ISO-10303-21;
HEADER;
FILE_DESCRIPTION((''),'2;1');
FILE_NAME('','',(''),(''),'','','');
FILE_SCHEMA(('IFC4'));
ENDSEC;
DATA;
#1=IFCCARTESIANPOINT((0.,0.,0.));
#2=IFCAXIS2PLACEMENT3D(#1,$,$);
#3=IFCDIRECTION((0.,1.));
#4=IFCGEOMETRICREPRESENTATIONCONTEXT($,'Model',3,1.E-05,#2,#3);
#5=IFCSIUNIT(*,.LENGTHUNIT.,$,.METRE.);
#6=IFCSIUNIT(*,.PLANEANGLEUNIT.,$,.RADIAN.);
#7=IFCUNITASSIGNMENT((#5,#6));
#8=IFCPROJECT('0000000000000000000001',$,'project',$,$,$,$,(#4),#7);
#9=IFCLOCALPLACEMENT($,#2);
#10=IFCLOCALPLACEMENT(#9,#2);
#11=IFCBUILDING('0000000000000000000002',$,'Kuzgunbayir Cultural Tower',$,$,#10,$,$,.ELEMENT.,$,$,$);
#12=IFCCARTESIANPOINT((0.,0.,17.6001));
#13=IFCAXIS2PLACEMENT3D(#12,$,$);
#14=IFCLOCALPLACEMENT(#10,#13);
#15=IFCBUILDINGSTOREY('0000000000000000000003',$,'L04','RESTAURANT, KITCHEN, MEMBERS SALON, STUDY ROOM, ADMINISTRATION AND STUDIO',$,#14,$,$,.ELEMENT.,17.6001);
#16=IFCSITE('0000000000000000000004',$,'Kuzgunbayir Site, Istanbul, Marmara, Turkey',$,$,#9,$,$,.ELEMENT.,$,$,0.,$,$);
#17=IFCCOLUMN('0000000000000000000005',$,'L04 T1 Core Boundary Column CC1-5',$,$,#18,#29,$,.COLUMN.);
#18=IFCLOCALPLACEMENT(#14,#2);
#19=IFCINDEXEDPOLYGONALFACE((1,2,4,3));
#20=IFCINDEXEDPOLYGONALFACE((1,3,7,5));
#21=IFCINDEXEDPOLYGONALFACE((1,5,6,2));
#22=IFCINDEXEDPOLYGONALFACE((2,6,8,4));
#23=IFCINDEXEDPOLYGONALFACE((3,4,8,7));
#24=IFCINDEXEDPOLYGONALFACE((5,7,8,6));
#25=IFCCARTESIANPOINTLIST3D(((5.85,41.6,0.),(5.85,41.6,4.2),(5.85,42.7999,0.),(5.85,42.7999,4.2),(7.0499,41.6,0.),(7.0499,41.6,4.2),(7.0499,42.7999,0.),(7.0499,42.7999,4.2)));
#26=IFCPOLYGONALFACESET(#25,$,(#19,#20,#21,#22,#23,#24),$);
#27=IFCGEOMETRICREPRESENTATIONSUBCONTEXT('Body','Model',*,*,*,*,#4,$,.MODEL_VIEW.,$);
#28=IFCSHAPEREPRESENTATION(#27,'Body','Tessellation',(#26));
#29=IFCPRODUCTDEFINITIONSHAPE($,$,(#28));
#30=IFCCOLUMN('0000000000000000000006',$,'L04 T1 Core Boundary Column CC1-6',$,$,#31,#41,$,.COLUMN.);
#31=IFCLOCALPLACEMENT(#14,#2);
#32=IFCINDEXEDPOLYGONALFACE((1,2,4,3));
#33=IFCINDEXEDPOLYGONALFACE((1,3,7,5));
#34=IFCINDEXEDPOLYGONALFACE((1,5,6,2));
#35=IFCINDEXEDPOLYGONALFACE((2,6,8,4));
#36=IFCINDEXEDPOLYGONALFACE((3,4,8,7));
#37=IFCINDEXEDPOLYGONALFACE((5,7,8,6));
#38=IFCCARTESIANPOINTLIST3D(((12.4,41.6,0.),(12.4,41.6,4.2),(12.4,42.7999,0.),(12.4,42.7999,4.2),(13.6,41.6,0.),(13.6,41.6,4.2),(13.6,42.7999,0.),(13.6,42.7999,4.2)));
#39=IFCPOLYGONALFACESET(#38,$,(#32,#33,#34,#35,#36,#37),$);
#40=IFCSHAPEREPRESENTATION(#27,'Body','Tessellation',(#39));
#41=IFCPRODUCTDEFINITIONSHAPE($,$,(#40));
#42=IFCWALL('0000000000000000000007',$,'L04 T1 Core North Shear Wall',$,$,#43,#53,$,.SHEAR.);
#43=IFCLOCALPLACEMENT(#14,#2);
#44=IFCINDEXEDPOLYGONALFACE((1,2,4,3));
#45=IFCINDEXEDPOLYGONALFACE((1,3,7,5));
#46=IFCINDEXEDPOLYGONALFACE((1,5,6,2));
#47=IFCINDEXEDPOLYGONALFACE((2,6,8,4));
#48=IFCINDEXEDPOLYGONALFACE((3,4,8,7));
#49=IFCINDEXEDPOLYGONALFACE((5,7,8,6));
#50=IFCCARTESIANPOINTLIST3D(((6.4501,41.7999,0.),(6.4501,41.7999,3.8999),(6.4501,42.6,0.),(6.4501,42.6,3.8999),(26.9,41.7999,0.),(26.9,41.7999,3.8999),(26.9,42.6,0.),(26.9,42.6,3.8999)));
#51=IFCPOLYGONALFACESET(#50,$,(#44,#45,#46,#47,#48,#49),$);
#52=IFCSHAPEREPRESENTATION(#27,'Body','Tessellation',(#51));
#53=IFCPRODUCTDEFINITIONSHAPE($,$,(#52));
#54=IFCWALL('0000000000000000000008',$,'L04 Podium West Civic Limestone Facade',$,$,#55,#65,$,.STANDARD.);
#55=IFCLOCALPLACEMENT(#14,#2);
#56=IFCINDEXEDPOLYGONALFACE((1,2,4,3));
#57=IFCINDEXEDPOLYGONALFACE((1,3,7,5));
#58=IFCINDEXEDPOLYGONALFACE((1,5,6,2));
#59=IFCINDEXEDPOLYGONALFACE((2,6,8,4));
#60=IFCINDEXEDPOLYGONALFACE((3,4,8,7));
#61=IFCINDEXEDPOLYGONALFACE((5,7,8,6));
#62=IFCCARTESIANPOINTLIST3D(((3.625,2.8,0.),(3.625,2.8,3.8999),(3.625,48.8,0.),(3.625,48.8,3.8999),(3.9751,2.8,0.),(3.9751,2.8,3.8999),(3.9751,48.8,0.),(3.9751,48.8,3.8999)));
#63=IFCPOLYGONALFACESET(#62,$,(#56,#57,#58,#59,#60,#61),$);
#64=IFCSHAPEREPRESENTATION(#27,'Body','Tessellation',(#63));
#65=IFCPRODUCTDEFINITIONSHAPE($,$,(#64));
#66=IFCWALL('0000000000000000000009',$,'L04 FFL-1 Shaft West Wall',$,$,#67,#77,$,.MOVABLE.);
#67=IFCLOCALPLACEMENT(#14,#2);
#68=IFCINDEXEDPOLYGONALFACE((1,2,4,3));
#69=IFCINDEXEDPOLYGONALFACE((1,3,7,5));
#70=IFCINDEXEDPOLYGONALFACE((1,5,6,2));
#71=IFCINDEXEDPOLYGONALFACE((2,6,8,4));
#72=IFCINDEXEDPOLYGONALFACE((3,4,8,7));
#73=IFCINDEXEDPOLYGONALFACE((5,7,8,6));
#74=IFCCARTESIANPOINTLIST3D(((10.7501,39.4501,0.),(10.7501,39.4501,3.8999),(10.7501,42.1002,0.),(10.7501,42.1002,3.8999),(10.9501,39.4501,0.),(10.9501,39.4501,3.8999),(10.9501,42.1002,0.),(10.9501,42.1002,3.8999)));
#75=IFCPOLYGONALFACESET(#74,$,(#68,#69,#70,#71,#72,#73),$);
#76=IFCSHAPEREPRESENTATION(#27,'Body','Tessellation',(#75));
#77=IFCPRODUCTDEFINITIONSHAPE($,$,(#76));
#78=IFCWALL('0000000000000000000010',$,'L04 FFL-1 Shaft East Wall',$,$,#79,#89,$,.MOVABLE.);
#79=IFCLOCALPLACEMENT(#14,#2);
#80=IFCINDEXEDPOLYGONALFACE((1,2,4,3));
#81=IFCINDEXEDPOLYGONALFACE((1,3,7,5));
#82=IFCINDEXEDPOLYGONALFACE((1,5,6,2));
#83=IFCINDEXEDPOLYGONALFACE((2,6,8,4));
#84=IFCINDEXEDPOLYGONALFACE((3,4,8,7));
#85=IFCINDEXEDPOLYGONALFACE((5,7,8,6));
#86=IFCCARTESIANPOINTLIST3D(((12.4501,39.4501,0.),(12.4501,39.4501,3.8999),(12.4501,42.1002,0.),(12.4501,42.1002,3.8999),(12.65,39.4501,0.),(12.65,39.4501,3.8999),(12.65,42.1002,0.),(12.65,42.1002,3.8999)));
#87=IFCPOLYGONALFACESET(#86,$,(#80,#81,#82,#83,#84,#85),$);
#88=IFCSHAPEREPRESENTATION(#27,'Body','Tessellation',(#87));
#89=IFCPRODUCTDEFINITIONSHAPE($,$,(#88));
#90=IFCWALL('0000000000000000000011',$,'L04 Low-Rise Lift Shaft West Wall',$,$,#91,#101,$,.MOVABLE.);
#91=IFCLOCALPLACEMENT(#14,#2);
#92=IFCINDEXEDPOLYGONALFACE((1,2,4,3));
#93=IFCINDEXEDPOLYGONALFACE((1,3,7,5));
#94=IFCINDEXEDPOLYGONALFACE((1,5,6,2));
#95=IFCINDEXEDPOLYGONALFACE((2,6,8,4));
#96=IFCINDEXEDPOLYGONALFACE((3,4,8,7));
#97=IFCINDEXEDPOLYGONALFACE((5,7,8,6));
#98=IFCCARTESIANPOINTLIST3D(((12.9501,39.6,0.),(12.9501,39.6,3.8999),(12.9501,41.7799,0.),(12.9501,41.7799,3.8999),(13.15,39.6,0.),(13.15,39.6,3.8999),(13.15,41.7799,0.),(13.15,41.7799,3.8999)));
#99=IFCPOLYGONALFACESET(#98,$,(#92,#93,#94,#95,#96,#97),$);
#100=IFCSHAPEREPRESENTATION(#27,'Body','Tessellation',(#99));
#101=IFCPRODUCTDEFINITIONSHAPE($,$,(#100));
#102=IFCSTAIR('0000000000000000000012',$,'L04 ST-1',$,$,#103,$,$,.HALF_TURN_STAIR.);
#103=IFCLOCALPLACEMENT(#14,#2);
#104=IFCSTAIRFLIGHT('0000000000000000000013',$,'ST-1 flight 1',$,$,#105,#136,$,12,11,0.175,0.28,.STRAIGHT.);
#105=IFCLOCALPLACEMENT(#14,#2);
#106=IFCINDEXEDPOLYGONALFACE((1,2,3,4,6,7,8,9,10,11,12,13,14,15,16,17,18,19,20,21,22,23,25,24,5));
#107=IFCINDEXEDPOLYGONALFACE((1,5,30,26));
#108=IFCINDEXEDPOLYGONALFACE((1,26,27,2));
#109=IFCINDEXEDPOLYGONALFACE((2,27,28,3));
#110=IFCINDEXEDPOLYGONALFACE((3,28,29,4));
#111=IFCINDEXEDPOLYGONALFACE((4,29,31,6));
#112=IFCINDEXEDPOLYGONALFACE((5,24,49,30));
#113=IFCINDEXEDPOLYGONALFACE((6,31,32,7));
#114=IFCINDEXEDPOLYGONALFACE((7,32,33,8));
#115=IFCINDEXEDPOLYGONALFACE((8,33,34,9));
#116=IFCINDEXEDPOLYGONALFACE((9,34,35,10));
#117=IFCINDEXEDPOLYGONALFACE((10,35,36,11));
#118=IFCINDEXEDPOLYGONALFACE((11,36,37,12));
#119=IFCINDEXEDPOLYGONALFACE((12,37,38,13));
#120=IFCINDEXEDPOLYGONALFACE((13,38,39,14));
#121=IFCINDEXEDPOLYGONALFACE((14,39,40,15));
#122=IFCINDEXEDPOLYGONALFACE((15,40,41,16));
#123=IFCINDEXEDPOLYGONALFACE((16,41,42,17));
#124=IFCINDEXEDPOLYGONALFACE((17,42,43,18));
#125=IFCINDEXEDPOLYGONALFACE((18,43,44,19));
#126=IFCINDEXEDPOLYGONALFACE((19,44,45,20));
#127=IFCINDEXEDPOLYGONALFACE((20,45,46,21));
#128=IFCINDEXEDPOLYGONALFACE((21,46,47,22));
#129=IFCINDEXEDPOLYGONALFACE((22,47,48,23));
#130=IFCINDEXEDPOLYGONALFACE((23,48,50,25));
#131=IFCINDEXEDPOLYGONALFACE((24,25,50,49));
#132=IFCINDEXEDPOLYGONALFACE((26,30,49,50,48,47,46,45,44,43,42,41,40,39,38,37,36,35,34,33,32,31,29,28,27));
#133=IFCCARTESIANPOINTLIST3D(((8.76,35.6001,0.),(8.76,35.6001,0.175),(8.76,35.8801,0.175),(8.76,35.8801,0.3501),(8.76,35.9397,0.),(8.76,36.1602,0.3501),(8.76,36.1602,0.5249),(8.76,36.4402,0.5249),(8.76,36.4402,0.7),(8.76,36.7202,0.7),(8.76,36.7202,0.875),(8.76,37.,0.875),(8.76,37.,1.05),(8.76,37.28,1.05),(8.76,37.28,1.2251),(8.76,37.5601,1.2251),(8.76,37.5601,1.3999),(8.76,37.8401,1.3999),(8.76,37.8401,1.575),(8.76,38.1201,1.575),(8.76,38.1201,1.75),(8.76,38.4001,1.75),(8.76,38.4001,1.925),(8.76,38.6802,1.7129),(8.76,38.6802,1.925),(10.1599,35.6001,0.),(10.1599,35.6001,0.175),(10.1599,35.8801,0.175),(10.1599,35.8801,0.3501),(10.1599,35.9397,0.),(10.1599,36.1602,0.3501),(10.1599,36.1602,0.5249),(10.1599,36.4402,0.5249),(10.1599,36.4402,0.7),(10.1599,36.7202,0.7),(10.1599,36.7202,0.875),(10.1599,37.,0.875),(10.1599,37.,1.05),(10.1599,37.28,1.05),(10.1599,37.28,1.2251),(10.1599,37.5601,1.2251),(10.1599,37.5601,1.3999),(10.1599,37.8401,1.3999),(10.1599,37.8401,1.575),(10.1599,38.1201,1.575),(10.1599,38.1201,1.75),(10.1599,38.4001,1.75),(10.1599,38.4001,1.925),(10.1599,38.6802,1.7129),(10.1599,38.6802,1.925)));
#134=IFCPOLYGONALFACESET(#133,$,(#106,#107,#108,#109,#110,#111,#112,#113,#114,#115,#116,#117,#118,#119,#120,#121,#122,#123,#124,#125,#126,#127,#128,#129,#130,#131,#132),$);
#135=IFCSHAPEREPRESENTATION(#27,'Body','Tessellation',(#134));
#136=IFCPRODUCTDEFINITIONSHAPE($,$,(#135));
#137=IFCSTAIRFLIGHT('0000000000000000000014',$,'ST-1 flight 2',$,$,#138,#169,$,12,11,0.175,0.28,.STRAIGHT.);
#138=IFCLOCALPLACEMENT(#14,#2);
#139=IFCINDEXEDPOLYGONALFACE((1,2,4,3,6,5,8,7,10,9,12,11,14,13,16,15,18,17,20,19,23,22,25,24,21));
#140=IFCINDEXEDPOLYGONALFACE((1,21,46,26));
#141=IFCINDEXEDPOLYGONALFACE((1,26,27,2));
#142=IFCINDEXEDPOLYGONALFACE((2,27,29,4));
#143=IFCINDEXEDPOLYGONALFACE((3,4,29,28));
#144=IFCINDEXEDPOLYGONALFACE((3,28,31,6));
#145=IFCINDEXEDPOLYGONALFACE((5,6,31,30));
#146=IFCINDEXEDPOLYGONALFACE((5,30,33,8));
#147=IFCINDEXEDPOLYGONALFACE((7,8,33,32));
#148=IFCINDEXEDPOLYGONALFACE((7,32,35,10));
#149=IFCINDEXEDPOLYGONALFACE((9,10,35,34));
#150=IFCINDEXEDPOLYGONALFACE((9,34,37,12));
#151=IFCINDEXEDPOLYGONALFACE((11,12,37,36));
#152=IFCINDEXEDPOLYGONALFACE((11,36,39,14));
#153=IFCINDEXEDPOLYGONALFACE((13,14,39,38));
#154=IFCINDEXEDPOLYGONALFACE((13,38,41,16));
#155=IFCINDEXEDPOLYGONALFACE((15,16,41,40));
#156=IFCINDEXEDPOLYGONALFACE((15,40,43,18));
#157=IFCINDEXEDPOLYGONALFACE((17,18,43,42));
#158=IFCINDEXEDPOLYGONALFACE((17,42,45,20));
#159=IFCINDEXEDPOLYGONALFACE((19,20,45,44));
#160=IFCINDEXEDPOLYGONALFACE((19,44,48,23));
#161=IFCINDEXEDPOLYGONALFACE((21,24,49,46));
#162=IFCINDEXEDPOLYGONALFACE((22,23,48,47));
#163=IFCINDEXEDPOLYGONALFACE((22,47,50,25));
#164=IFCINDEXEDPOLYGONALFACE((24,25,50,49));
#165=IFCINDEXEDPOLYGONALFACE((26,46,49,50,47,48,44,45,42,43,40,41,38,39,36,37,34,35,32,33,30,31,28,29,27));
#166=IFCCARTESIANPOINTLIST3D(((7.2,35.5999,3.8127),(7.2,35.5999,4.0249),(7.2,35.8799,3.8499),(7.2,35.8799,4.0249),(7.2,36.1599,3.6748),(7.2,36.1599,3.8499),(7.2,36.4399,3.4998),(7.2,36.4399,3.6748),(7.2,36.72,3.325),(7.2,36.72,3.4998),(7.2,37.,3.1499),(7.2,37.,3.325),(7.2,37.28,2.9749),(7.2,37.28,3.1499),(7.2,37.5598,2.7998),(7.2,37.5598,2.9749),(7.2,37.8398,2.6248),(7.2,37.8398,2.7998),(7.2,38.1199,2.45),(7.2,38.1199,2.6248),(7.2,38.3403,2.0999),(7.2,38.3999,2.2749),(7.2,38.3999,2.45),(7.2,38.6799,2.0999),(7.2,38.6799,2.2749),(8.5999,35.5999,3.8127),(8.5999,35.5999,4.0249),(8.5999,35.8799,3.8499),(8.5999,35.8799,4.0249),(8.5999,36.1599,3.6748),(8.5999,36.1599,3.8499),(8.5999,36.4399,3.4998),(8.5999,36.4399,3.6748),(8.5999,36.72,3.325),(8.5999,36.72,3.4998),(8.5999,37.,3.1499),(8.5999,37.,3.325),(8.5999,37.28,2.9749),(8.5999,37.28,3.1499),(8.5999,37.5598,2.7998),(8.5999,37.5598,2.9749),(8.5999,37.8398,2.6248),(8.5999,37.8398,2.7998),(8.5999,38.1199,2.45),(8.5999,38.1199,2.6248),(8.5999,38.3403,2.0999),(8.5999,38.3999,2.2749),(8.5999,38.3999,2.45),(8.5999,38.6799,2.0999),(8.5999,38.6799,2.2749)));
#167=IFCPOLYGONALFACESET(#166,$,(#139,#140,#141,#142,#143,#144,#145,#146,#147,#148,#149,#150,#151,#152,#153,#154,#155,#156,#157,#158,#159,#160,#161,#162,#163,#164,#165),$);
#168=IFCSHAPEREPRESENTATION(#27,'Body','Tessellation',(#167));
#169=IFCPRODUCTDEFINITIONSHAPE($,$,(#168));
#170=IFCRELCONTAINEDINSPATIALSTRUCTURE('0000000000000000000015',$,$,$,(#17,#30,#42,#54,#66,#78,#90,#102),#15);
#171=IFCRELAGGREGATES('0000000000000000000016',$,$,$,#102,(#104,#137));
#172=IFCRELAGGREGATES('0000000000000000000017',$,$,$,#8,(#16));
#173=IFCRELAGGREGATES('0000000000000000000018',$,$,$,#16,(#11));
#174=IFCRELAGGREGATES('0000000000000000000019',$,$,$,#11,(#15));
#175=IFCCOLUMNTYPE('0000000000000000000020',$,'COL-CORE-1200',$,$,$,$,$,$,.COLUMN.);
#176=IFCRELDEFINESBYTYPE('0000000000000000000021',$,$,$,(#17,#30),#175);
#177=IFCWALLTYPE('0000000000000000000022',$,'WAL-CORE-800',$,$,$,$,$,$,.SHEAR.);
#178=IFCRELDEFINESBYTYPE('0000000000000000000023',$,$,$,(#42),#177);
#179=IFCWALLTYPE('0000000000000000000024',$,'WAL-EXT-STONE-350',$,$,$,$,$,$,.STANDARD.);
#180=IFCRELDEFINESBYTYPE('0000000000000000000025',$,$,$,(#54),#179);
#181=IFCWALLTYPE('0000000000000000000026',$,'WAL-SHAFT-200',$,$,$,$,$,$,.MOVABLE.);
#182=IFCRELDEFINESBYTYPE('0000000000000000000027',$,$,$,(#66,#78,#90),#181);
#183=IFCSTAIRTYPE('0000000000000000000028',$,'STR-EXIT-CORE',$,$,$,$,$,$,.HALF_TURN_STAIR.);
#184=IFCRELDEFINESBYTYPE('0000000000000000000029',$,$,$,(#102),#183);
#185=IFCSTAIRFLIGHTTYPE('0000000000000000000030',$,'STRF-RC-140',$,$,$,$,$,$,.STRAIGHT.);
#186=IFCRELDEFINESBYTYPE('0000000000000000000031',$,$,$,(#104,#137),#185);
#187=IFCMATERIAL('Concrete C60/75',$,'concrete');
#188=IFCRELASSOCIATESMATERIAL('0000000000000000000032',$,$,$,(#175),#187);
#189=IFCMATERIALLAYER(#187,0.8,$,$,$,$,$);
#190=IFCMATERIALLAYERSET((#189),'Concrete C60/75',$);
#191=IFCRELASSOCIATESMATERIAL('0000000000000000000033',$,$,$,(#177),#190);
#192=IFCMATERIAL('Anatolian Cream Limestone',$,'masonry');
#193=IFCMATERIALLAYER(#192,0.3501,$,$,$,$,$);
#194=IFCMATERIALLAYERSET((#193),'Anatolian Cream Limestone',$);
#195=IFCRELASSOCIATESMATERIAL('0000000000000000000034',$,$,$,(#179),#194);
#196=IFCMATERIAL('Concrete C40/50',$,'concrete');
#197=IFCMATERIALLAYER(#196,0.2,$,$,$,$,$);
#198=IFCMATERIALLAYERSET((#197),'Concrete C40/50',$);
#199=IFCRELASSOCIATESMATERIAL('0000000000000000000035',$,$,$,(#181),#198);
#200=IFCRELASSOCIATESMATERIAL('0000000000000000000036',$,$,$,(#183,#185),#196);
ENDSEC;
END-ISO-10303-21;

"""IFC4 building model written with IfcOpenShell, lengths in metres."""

from ifc_helpers import new_model, si_unit, direction, frame, frame_2d, origin, origin_2d, place, context, subcontext, project, spatial, polyline, rectangle, outline, extrude, material, layer, layer_set, material_profile, profile_set, type_object, element, aggregate, save


model = new_model("IFC4")

# Units and contexts
model_context = context("Model", 3, precision=1e-05, world=origin(), true_north=direction((0.0, 1.0)))
body_context = subcontext(model_context, "Body", "Model", "MODEL_VIEW")
ifc_project = project(units=[si_unit("LENGTHUNIT", "METRE"), si_unit("PLANEANGLEUNIT", "RADIAN")], contexts=[model_context])

# Site, building, storey
site_placement = place(None, origin())
site = spatial("IfcSite", under=ifc_project, at=site_placement, Name="Kuzgunbayir Site, Istanbul, Marmara, Turkey", CompositionType="ELEMENT", RefElevation=0.0)
building_placement = place(site_placement, origin())
building = spatial("IfcBuilding", under=site, at=building_placement, Name="Kuzgunbayir Cultural Tower", CompositionType="ELEMENT")
storey_placement = place(building_placement, frame((0.0, 0.0, 17.6001)))
storey = spatial("IfcBuildingStorey", under=building, at=storey_placement, Name="L04", Description="RESTAURANT, KITCHEN, MEMBERS SALON, STUDY ROOM, ADMINISTRATION AND STUDIO", CompositionType="ELEMENT", Elevation=17.6001)

# Columns
ifc_material_1 = material(Name="Concrete C60/75", Category="concrete")
ifc_material_profile = material_profile(ifc_material_1, rectangle(XDim=1.2, YDim=1.2, at=origin_2d()), Name="RC 1200x1200")
ifc_profile_set = profile_set([ifc_material_profile], Name="Concrete C60/75")
column_type = type_object("IfcColumnType", Name="COL-CORE-1200", PredefinedType="COLUMN", material=ifc_profile_set)
for number, where, z_axis, x_axis, name in (
    (1, (6.45, 42.2, 0.0), (0.0, 0.0, 1.0), (1.0, 0.0, 0.0), "L04 T1 Core Boundary Column CC1-5"),
    (2, (13.0, 42.2, 0.0), (0.0, 0.0, 1.0), (1.0, 0.0, 0.0), "L04 T1 Core Boundary Column CC1-6"),
):
    element("IfcColumn", number, at=place(storey_placement, frame(where, z_axis=z_axis, x_axis=x_axis)), inside=storey, type_object=column_type, Name=name, PredefinedType="COLUMN", context=body_context, shape_type="SweptSolid", body=[
        extrude(rectangle(XDim=1.2, YDim=1.2, at=origin_2d()), origin(), (0.0, 0.0, 1.0), 4.2),
    ])

# Walls
ifc_layer_1 = layer(ifc_material_1, 0.8)
ifc_layer_set_1 = layer_set([ifc_layer_1], Name="Concrete C60/75")
wall_type_1 = type_object("IfcWallType", Name="WAL-CORE-800", PredefinedType="SHEAR", material=ifc_layer_set_1)
wall_1_placement = place(storey_placement, frame((6.45, 42.2, 0.0), z_axis=(0.0, 0.0, 1.0), x_axis=(1.0, 0.0, 0.0)))
element("IfcWall", 3, at=wall_1_placement, inside=storey, type_object=wall_type_1, Name="L04 T1 Core North Shear Wall", PredefinedType="SHEAR", context=body_context, shape_type="SweptSolid", body=[
    extrude(rectangle(XDim=20.45, YDim=0.8, at=frame_2d((10.2251, 0.0))), origin(), (0.0, 0.0, 1.0), 3.8999),
])
ifc_material_2 = material(Name="Anatolian Cream Limestone", Category="masonry")
ifc_layer_2 = layer(ifc_material_2, 0.3501)
ifc_layer_set_2 = layer_set([ifc_layer_2], Name="Anatolian Cream Limestone")
wall_type_2 = type_object("IfcWallType", Name="WAL-EXT-STONE-350", PredefinedType="STANDARD", material=ifc_layer_set_2)
wall_2_placement = place(storey_placement, frame((3.8, 48.8, 0.0), z_axis=(0.0, 0.0, 1.0), x_axis=(0.0, -1.0, 0.0)))
element("IfcWall", 4, at=wall_2_placement, inside=storey, type_object=wall_type_2, Name="L04 Podium West Civic Limestone Facade", PredefinedType="STANDARD", context=body_context, shape_type="SweptSolid", body=[
    extrude(rectangle(XDim=46.0, YDim=0.3501, at=frame_2d((23.0, 0.0))), origin(), (0.0, 0.0, 1.0), 3.8999),
])

# Shared definitions
ifc_material_3 = material(Name="Concrete C40/50", Category="concrete")
ifc_layer_3 = layer(ifc_material_3, 0.2)
ifc_layer_set_3 = layer_set([ifc_layer_3], Name="Concrete C40/50")
wall_type_3 = type_object("IfcWallType", Name="WAL-SHAFT-200", PredefinedType="MOVABLE", material=ifc_layer_set_3)

# Walls
for number, where, z_axis, x_axis, name in (
    (5, (10.8501, 39.45, 0.0), (0.0, 0.0, 1.0), (0.0, 1.0, 0.0), "L04 FFL-1 Shaft West Wall"),
    (6, (12.55, 39.45, 0.0), (0.0, 0.0, 1.0), (0.0, 1.0, 0.0), "L04 FFL-1 Shaft East Wall"),
):
    element("IfcWall", number, at=place(storey_placement, frame(where, z_axis=z_axis, x_axis=x_axis)), inside=storey, type_object=wall_type_3, Name=name, PredefinedType="MOVABLE", context=body_context, shape_type="SweptSolid", body=[
        extrude(rectangle(XDim=2.6501, YDim=0.2, at=frame_2d((1.3252, 0.0))), origin(), (0.0, 0.0, 1.0), 3.8999),
    ])

# Wall
wall_3_placement = place(storey_placement, frame((13.05, 39.6001, 0.0), z_axis=(0.0, 0.0, 1.0), x_axis=(0.0, 1.0, 0.0)))
element("IfcWall", 7, at=wall_3_placement, inside=storey, type_object=wall_type_3, Name="L04 Low-Rise Lift Shaft West Wall", PredefinedType="MOVABLE", context=body_context, shape_type="SweptSolid", body=[
    extrude(rectangle(XDim=2.1799, YDim=0.2, at=frame_2d((1.0898, 0.0))), origin(), (0.0, 0.0, 1.0), 3.8999),
])

# Stair, stair flights
stair_type = type_object("IfcStairType", Name="STR-EXIT-CORE", PredefinedType="HALF_TURN_STAIR", material=ifc_material_3)
stair_placement = place(storey_placement, origin())
stair = element("IfcStair", 8, at=stair_placement, inside=storey, type_object=stair_type, Name="L04 ST-1", PredefinedType="HALF_TURN_STAIR")
stair_flight_type = type_object("IfcStairFlightType", Name="STRF-RC-140", PredefinedType="STRAIGHT", material=ifc_material_3)
stair_flight_1_placement = place(storey_placement, frame((9.46, 35.6001, 0.0), z_axis=(0.0, 0.0, 1.0), x_axis=(0.0, 1.0, 0.0)))
stair_flight_1 = element("IfcStairFlight", 9, at=stair_flight_1_placement, type_object=stair_flight_type, Name="ST-1 flight 1", NumberOfRisers=12, NumberOfTreads=11, PredefinedType="STRAIGHT", RiserHeight=0.175, TreadLength=0.28, context=body_context, shape_type="SweptSolid", body=[
    extrude(outline(polyline([(0.0, 0.0), (0.0, 0.175), (0.28, 0.175), (0.28, 0.3501), (0.5601, 0.3501), (0.5601, 0.5249), (0.8401, 0.5249), (0.8401, 0.7), (1.1201, 0.7), (1.1201, 0.875), (1.3999, 0.875), (1.3999, 1.05), (1.6799, 1.05), (1.6799, 1.2251), (1.96, 1.2251), (1.96, 1.3999), (2.24, 1.3999), (2.24, 1.575), (2.52, 1.575), (2.52, 1.75), (2.8, 1.75), (2.8, 1.925), (3.0801, 1.925), (3.0801, 2.1001), (3.0801, 1.7129), (0.3396, 0.0), (0.0, 0.0)])), frame((0.0, 0.7, 0.0), z_axis=(0.0, -1.0, 0.0), x_axis=(1.0, 0.0, 0.0)), (0.0, 0.0, 1.0), 1.3999),
])
stair_flight_2_placement = place(storey_placement, frame((7.8999, 38.6799, 2.0999), z_axis=(0.0, 0.0, 1.0), x_axis=(0.0, -1.0, 0.0)))
stair_flight_2 = element("IfcStairFlight", 10, at=stair_flight_2_placement, type_object=stair_flight_type, Name="ST-1 flight 2", NumberOfRisers=12, NumberOfTreads=11, PredefinedType="STRAIGHT", RiserHeight=0.175, TreadLength=0.28, context=body_context, shape_type="SweptSolid", body=[
    extrude(outline(polyline([(0.0, 0.0), (0.0, 0.175), (0.28, 0.175), (0.28, 0.3501), (0.5601, 0.3501), (0.5601, 0.5249), (0.8401, 0.5249), (0.8401, 0.7), (1.1201, 0.7), (1.1201, 0.875), (1.3999, 0.875), (1.3999, 1.05), (1.6799, 1.05), (1.6799, 1.2251), (1.96, 1.2251), (1.96, 1.3999), (2.24, 1.3999), (2.24, 1.575), (2.52, 1.575), (2.52, 1.75), (2.8, 1.75), (2.8, 1.925), (3.0801, 1.925), (3.0801, 2.1001), (3.0801, 1.7129), (0.3396, 0.0), (0.0, 0.0)])), frame((0.0, 0.7, 0.0), z_axis=(0.0, -1.0, 0.0), x_axis=(1.0, 0.0, 0.0)), (0.0, 0.0, 1.0), 1.3999),
])
aggregate(stair, [stair_flight_1, stair_flight_2])

save(model, "model.ifc")
